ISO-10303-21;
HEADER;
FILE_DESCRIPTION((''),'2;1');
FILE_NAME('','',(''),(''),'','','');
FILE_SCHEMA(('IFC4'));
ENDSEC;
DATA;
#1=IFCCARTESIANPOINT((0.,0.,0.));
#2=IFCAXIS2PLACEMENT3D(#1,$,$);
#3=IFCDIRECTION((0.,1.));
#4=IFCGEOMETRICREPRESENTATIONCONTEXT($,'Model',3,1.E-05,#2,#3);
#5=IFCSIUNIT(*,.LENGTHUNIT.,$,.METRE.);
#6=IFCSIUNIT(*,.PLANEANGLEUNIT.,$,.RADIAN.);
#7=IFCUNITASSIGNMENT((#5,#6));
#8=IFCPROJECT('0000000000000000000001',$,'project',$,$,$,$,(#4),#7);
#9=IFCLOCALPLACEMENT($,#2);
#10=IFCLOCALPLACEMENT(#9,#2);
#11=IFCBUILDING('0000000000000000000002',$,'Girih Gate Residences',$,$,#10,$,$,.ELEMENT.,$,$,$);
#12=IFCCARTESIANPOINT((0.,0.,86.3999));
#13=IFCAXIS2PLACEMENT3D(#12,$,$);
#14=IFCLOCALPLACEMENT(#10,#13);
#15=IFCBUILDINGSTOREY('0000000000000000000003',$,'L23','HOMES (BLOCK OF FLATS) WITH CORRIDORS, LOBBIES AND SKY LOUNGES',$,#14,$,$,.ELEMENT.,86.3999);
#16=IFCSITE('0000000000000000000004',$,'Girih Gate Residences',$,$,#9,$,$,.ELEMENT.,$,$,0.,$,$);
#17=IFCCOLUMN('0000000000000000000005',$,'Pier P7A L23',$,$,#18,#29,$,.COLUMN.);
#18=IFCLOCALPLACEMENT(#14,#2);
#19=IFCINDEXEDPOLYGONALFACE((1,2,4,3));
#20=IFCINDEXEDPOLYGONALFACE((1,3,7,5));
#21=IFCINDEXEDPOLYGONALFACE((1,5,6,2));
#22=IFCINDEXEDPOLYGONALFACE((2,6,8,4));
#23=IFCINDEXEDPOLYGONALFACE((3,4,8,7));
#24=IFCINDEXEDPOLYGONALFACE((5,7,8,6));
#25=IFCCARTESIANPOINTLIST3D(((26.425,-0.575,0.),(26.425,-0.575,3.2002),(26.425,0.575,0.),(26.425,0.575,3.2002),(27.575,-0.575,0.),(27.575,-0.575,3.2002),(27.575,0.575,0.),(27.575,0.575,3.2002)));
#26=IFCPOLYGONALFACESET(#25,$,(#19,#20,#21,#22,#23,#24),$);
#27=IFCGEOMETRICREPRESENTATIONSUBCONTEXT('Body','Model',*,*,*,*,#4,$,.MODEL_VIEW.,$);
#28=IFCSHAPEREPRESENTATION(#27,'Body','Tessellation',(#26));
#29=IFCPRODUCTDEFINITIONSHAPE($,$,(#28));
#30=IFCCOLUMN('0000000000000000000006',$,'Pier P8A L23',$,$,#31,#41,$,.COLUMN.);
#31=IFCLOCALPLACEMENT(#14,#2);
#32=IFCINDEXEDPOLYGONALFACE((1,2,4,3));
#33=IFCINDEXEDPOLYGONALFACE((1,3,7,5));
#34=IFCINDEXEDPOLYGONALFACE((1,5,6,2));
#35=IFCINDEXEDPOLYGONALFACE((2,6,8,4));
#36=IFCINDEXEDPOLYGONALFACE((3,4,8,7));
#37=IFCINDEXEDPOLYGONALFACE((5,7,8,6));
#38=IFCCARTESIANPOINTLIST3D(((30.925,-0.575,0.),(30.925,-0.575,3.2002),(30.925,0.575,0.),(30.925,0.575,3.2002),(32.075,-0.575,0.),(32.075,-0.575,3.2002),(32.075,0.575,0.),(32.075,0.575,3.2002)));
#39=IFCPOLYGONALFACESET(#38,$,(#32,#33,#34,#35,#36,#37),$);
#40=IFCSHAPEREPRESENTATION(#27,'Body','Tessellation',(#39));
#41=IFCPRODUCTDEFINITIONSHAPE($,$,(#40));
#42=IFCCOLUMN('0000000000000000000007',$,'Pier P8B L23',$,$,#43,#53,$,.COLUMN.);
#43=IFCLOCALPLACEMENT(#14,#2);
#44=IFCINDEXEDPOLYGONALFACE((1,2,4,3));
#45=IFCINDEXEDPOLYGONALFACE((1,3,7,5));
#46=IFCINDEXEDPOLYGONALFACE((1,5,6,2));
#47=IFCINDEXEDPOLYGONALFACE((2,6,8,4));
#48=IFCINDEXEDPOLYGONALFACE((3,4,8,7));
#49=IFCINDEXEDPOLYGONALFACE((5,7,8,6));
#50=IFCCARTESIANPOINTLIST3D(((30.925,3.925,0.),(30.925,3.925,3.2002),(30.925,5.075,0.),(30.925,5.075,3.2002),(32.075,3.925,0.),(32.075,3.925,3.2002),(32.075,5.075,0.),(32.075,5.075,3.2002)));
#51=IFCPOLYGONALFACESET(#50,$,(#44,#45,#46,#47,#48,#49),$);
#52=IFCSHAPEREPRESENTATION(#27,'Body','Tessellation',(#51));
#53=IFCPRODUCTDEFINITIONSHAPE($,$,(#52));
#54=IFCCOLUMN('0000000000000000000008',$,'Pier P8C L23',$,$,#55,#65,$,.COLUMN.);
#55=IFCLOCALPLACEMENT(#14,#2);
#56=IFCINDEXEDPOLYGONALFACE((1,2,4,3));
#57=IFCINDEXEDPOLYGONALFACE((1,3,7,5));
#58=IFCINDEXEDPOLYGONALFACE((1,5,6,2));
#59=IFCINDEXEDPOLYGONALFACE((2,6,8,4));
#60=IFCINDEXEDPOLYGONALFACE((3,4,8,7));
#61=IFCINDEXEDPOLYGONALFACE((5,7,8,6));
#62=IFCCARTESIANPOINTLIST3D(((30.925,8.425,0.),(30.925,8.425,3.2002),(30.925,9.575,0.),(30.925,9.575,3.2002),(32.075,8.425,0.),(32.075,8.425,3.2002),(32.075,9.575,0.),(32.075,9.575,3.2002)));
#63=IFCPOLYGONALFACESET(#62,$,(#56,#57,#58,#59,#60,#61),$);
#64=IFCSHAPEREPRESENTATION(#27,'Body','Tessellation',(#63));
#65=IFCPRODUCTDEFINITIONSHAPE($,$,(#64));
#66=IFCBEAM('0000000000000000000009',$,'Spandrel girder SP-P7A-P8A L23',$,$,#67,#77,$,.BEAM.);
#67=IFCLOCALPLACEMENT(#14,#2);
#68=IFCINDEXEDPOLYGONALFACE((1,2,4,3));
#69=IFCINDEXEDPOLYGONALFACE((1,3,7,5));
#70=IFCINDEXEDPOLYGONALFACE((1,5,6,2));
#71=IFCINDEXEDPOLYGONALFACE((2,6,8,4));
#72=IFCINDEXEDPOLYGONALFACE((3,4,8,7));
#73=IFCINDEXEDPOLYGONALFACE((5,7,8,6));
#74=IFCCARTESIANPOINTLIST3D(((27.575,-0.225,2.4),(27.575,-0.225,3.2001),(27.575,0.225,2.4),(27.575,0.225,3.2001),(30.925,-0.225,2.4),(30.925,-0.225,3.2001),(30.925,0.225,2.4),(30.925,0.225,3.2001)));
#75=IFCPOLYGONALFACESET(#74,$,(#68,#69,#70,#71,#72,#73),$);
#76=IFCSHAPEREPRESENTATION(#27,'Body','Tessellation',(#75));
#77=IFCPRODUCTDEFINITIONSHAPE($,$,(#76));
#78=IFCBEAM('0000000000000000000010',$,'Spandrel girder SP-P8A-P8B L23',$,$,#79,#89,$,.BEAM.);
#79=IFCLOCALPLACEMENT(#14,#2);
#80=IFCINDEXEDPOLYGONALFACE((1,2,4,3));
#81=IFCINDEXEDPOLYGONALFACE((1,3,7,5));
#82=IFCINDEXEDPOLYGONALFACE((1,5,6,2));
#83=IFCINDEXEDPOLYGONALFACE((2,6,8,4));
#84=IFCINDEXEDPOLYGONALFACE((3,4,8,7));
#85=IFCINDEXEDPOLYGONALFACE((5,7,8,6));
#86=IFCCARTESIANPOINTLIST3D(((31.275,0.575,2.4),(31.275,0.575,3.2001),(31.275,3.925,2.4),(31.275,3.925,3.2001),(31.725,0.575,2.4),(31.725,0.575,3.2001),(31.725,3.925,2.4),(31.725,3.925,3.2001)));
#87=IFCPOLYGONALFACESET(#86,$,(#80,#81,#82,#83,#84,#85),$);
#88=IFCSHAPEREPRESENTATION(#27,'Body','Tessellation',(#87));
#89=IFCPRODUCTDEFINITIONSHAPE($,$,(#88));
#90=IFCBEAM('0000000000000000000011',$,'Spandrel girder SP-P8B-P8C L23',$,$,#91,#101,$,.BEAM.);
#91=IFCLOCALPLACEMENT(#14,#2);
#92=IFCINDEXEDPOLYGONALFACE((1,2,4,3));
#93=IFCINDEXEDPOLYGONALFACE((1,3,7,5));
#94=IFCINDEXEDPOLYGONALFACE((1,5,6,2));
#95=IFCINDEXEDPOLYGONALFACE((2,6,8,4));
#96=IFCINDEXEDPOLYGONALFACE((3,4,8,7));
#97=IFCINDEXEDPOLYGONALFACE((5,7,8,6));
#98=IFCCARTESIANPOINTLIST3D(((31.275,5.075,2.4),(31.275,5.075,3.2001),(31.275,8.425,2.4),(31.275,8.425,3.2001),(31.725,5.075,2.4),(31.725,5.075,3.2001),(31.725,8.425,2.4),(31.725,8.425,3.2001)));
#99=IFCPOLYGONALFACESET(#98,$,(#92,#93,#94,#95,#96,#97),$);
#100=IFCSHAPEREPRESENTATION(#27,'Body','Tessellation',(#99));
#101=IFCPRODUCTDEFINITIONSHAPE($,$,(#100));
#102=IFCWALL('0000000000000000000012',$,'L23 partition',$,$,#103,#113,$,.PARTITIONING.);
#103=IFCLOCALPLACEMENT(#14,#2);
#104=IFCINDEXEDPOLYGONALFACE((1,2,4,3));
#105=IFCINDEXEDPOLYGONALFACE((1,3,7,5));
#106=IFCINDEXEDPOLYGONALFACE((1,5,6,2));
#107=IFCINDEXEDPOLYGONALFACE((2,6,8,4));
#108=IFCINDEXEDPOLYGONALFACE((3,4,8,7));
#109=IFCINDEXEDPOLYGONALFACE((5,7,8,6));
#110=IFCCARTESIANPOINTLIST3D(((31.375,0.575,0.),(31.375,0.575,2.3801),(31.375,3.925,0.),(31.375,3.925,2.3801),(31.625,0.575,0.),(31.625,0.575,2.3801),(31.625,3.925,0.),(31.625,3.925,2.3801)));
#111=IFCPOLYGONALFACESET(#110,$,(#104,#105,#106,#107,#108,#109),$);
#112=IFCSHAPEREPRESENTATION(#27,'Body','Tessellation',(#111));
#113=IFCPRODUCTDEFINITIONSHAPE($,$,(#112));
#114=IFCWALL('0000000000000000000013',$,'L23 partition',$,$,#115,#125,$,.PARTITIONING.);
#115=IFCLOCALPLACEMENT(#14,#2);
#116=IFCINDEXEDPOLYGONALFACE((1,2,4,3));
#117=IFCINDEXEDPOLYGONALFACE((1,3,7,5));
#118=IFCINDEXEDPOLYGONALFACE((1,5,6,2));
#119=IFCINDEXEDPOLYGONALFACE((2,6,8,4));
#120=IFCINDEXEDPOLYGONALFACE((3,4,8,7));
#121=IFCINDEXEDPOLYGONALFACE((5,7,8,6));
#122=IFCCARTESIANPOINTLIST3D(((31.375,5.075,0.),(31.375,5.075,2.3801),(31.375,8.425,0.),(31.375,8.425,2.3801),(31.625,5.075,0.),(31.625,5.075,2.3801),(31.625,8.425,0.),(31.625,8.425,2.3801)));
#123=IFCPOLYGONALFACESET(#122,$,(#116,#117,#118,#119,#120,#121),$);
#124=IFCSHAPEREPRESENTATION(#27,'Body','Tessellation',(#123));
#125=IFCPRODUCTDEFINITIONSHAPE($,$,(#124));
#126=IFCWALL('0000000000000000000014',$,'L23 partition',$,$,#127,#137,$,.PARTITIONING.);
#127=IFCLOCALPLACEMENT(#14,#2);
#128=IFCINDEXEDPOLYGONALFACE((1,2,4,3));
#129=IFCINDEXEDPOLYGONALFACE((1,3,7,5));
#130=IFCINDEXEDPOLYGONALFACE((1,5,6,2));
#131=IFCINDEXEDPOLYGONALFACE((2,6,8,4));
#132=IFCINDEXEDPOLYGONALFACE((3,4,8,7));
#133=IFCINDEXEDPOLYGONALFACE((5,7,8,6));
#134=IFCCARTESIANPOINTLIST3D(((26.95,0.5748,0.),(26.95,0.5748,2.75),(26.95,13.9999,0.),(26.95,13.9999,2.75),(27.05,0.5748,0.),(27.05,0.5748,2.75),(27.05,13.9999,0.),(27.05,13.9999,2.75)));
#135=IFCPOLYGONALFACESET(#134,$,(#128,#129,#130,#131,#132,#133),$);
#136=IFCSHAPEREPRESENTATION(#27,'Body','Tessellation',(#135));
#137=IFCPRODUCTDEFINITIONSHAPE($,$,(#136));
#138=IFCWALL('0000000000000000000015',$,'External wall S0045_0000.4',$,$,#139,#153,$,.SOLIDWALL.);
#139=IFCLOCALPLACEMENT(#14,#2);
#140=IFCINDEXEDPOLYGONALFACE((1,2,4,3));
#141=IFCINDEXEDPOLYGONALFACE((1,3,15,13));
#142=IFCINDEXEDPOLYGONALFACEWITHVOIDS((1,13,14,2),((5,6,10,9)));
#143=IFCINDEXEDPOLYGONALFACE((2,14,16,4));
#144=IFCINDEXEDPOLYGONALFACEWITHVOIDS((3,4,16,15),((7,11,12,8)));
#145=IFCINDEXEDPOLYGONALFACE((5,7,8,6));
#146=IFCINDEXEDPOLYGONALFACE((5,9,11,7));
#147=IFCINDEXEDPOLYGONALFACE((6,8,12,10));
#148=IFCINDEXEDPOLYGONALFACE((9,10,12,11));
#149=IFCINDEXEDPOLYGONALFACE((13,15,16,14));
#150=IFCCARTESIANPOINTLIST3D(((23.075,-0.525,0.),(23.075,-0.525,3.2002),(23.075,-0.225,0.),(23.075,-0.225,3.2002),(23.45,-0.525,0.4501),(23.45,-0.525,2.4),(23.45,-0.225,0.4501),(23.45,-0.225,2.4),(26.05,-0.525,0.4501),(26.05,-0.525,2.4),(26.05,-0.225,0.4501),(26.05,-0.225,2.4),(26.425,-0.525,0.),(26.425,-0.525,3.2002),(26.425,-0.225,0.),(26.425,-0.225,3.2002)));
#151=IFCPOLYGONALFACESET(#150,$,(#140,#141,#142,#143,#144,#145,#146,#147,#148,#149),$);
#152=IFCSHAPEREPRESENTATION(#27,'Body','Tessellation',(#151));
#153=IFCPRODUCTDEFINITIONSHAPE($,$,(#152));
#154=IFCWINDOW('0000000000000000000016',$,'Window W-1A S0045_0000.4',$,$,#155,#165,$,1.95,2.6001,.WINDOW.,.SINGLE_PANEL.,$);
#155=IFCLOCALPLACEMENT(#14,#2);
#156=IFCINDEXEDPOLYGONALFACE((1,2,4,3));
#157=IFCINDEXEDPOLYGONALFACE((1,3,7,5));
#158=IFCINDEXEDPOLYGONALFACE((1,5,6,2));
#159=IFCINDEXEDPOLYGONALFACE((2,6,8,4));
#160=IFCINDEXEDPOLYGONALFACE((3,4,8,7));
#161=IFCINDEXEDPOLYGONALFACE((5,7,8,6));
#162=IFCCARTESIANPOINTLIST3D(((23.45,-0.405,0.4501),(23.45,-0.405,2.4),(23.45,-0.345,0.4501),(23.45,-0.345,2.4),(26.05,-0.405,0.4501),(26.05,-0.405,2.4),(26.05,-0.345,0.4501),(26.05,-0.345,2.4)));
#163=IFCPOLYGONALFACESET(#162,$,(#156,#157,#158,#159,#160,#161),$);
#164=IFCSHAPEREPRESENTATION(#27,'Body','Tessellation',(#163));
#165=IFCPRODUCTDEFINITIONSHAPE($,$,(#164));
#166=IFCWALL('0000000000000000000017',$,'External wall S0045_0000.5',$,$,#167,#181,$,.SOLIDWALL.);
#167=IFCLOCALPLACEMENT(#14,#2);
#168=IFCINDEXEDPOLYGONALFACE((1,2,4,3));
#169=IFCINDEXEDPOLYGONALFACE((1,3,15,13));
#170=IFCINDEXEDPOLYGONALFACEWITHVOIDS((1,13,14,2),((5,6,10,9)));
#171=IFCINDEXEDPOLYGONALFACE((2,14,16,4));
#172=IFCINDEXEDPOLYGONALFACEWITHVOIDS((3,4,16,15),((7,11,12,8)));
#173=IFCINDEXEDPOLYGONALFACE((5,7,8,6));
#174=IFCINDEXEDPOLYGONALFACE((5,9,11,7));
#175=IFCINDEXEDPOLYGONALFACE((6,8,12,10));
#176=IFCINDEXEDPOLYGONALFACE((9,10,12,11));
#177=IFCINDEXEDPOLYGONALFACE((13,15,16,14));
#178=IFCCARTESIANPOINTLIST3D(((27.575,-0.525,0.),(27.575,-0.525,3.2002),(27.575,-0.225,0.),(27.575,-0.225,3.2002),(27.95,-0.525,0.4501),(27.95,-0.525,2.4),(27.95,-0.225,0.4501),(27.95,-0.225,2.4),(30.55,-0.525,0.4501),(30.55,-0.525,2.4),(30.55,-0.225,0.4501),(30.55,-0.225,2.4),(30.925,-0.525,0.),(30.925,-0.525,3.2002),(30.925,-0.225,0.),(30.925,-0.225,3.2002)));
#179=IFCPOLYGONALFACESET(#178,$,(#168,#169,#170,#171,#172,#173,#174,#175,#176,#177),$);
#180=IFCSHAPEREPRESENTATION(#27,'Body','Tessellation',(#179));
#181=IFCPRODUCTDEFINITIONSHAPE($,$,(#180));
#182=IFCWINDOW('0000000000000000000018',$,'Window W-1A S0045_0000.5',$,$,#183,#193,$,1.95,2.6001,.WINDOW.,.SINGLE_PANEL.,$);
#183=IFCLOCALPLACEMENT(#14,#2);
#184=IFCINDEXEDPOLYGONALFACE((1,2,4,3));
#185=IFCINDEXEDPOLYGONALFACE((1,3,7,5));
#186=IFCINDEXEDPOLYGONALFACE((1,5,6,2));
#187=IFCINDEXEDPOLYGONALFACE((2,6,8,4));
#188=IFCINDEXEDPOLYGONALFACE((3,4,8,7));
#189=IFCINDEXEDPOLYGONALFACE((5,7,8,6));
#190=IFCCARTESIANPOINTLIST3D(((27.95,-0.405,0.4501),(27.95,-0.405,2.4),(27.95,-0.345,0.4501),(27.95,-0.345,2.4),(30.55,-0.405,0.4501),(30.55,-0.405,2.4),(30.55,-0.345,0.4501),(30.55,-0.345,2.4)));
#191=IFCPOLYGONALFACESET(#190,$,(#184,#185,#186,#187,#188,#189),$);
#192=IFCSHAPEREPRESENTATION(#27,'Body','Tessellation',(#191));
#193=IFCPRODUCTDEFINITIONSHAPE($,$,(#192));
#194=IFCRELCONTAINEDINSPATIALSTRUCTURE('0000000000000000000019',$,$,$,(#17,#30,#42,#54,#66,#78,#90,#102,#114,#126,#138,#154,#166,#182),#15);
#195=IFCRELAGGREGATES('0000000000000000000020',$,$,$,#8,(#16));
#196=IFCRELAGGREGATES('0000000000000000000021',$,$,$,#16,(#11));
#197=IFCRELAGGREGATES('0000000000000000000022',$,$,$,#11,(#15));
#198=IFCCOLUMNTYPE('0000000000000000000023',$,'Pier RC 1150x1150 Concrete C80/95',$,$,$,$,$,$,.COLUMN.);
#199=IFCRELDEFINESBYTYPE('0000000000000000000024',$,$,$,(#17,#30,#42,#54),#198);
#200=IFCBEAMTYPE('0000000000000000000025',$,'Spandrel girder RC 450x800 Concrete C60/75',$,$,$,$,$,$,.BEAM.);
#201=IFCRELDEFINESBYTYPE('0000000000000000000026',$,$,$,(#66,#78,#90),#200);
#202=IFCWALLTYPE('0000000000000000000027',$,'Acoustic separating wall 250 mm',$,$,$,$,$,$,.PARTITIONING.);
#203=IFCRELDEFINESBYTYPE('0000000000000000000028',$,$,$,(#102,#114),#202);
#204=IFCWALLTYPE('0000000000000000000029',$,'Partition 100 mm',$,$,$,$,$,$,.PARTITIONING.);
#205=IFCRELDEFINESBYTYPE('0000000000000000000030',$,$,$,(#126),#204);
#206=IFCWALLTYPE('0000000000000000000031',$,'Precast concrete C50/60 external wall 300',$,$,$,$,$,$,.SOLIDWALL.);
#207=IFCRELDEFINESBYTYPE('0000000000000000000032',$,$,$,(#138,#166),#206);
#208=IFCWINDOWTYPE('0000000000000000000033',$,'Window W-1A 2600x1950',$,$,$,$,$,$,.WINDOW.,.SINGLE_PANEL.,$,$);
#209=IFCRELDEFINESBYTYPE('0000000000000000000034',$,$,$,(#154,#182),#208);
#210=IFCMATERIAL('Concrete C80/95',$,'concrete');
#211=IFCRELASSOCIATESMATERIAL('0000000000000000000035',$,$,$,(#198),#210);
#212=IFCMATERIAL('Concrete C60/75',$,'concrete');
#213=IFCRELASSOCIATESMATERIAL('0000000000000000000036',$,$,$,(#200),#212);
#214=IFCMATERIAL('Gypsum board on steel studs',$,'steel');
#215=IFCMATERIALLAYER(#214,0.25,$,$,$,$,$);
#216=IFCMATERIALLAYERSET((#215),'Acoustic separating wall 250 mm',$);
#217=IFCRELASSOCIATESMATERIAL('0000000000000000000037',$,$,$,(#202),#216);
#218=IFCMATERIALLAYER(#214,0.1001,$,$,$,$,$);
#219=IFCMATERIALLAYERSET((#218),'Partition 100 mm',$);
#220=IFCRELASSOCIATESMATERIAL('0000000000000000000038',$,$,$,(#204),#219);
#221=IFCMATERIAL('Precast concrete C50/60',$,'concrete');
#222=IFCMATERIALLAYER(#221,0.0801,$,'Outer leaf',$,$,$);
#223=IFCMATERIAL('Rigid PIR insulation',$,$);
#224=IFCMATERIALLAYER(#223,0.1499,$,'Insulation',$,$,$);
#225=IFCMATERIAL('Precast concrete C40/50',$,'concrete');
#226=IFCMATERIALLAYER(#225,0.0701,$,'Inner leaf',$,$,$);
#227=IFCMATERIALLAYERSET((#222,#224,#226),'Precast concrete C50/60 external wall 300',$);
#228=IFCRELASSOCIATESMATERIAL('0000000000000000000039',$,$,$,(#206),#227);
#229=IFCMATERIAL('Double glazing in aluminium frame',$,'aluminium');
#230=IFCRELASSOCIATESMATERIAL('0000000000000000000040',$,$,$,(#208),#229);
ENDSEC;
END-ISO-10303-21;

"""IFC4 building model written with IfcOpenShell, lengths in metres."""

from ifc_helpers import new_model, si_unit, direction, frame, frame_2d, origin, origin_2d, place, context, subcontext, project, spatial, rectangle, extrude, material, layer, layer_set, material_profile, profile_set, type_object, element, fill, save


model = new_model("IFC4")

# Units and contexts
model_context = context("Model", 3, precision=1e-05, world=origin(), true_north=direction((0.0, 1.0)))
body_context = subcontext(model_context, "Body", "Model", "MODEL_VIEW")
ifc_project = project(units=[si_unit("LENGTHUNIT", "METRE"), si_unit("PLANEANGLEUNIT", "RADIAN")], contexts=[model_context])

# Site, building, storey
site_placement = place(None, origin())
site = spatial("IfcSite", under=ifc_project, at=site_placement, Name="Girih Gate Residences", CompositionType="ELEMENT", RefElevation=0.0)
building_placement = place(site_placement, origin())
building = spatial("IfcBuilding", under=site, at=building_placement, Name="Girih Gate Residences", CompositionType="ELEMENT")
storey_placement = place(building_placement, frame((0.0, 0.0, 86.3999)))
storey = spatial("IfcBuildingStorey", under=building, at=storey_placement, Name="L23", Description="HOMES (BLOCK OF FLATS) WITH CORRIDORS, LOBBIES AND SKY LOUNGES", CompositionType="ELEMENT", Elevation=86.3999)

# Columns
ifc_material_1 = material(Name="Concrete C80/95", Category="concrete")
ifc_material_profile_1 = material_profile(ifc_material_1, rectangle(XDim=1.1499, YDim=1.1499, at=origin_2d()))
ifc_profile_set_1 = profile_set([ifc_material_profile_1], Name="Concrete C80/95")
column_type = type_object("IfcColumnType", Name="Pier RC 1150x1150 Concrete C80/95", PredefinedType="COLUMN", material=ifc_profile_set_1)
for number, where, z_axis, x_axis, name in (
    (1, (27.0, 0.0, 0.0), (0.0, 0.0, 1.0), (1.0, 0.0, 0.0), "Pier P7A L23"),
    (2, (31.5, 0.0, 0.0), (0.0, 0.0, 1.0), (1.0, 0.0, 0.0), "Pier P8A L23"),
    (3, (31.5, 4.5, 0.0), (0.0, 0.0, 1.0), (1.0, 0.0, 0.0), "Pier P8B L23"),
    (4, (31.5, 9.0, 0.0), (0.0, 0.0, 1.0), (1.0, 0.0, 0.0), "Pier P8C L23"),
):
    element("IfcColumn", number, at=place(storey_placement, frame(where, z_axis=z_axis, x_axis=x_axis)), inside=storey, type_object=column_type, Name=name, PredefinedType="COLUMN", context=body_context, shape_type="SweptSolid", body=[
        extrude(rectangle(XDim=1.1499, YDim=1.1499, at=origin_2d()), origin(), (0.0, 0.0, 1.0), 3.2002),
    ])

# Beams
ifc_material_2 = material(Name="Concrete C60/75", Category="concrete")
ifc_material_profile_2 = material_profile(ifc_material_2, rectangle(XDim=0.45, YDim=0.8, at=origin_2d()))
ifc_profile_set_2 = profile_set([ifc_material_profile_2], Name="Concrete C60/75")
beam_type = type_object("IfcBeamType", Name="Spandrel girder RC 450x800 Concrete C60/75", PredefinedType="BEAM", material=ifc_profile_set_2)
for number, where, z_axis, x_axis, name in (
    (5, (27.575, 0.0, 2.8), (1.0, 0.0, 0.0), (0.0, 1.0, 0.0), "Spandrel girder SP-P7A-P8A L23"),
    (6, (31.5, 0.575, 2.8), (0.0, 1.0, 0.0), (-1.0, 0.0, 0.0), "Spandrel girder SP-P8A-P8B L23"),
    (7, (31.5, 5.075, 2.8), (0.0, 1.0, 0.0), (-1.0, 0.0, 0.0), "Spandrel girder SP-P8B-P8C L23"),
):
    element("IfcBeam", number, at=place(storey_placement, frame(where, z_axis=z_axis, x_axis=x_axis)), inside=storey, type_object=beam_type, Name=name, PredefinedType="BEAM", context=body_context, shape_type="SweptSolid", body=[
        extrude(rectangle(XDim=0.45, YDim=0.8, at=origin_2d()), origin(), (0.0, 0.0, 1.0), 3.3501),
    ])

# Walls
ifc_material_3 = material(Name="Gypsum board on steel studs", Category="steel")
ifc_layer_1 = layer(ifc_material_3, 0.25)
ifc_layer_set_1 = layer_set([ifc_layer_1], Name="Acoustic separating wall 250 mm")
wall_type_1 = type_object("IfcWallType", Name="Acoustic separating wall 250 mm", PredefinedType="PARTITIONING", material=ifc_layer_set_1)
for number, where, z_axis, x_axis, name in (
    (8, (31.5, 0.575, 0.0), (0.0, 0.0, 1.0), (0.0, 1.0, 0.0), "L23 partition"),
    (9, (31.5, 5.075, 0.0), (0.0, 0.0, 1.0), (0.0, 1.0, 0.0), "L23 partition"),
):
    element("IfcWall", number, at=place(storey_placement, frame(where, z_axis=z_axis, x_axis=x_axis)), inside=storey, type_object=wall_type_1, Name=name, PredefinedType="PARTITIONING", context=body_context, shape_type="SweptSolid", body=[
        extrude(rectangle(XDim=3.3501, YDim=0.25, at=frame_2d((1.675, 0.0))), origin(), (0.0, 0.0, 1.0), 2.3801),
    ])
ifc_layer_2 = layer(ifc_material_3, 0.1001)
ifc_layer_set_2 = layer_set([ifc_layer_2], Name="Partition 100 mm")
wall_type_2 = type_object("IfcWallType", Name="Partition 100 mm", PredefinedType="PARTITIONING", material=ifc_layer_set_2)
wall_1_placement = place(storey_placement, frame((27.0, 0.575, 0.0), z_axis=(0.0, 0.0, 1.0), x_axis=(0.0, 1.0, 0.0)))
element("IfcWall", 10, at=wall_1_placement, inside=storey, type_object=wall_type_2, Name="L23 partition", PredefinedType="PARTITIONING", context=body_context, shape_type="SweptSolid", body=[
    extrude(rectangle(XDim=13.425, YDim=0.1001, at=frame_2d((6.7124, 0.0))), origin(), (0.0, 0.0, 1.0), 2.75),
])

# Walls, openings, windows
ifc_material_4 = material(Name="Precast concrete C50/60", Category="concrete")
ifc_layer_3 = layer(ifc_material_4, 0.0801, Name="Outer leaf")
ifc_material_5 = material(Name="Rigid PIR insulation")
ifc_layer_4 = layer(ifc_material_5, 0.1499, Name="Insulation")
ifc_material_6 = material(Name="Precast concrete C40/50", Category="concrete")
ifc_layer_5 = layer(ifc_material_6, 0.0701, Name="Inner leaf")
ifc_layer_set_3 = layer_set([ifc_layer_3, ifc_layer_4, ifc_layer_5], Name="Precast concrete C50/60 external wall 300")
wall_type_3 = type_object("IfcWallType", Name="Precast concrete C50/60 external wall 300", PredefinedType="SOLIDWALL", material=ifc_layer_set_3)
wall_2_placement = place(storey_placement, frame((26.425, -0.375, 0.0), z_axis=(0.0, 0.0, 1.0), x_axis=(-1.0, 0.0, 0.0)))
wall_2 = element("IfcWall", 11, at=wall_2_placement, inside=storey, type_object=wall_type_3, Name="External wall S0045_0000.4", PredefinedType="SOLIDWALL", context=body_context, shape_type="SweptSolid", body=[
    extrude(rectangle(XDim=3.3501, YDim=0.3, at=frame_2d((1.675, 0.0))), origin(), (0.0, 0.0, 1.0), 3.2002),
])
opening_1_placement = place(wall_2_placement, frame((0.375, 0.0, 0.45)))
opening_1 = element("IfcOpeningElement", 12, at=opening_1_placement, cuts=wall_2, PredefinedType="OPENING", context=body_context, shape_type="SweptSolid", body=[
    extrude(rectangle(XDim=2.6001, YDim=1.95, at=frame_2d((1.3, 0.9751))), frame((0.0, 0.1599, 0.0), z_axis=(0.0, -1.0, 0.0), x_axis=(1.0, 0.0, 0.0)), (0.0, 0.0, 1.0), 0.3201),
])
ifc_material_7 = material(Name="Double glazing in aluminium frame", Category="aluminium")
window_type = type_object("IfcWindowType", Name="Window W-1A 2600x1950", PartitioningType="SINGLE_PANEL", PredefinedType="WINDOW", material=ifc_material_7)
window_1_placement = place(opening_1_placement, origin())
window_1 = element("IfcWindow", 13, at=window_1_placement, inside=storey, type_object=window_type, Name="Window W-1A S0045_0000.4", OverallHeight=1.95, OverallWidth=2.6001, PartitioningType="SINGLE_PANEL", PredefinedType="WINDOW", context=body_context, shape_type="SweptSolid", body=[
    extrude(rectangle(XDim=2.6001, YDim=1.95, at=frame_2d((1.3, 0.9751))), frame((0.0, 0.03, 0.0), z_axis=(0.0, -1.0, 0.0), x_axis=(1.0, 0.0, 0.0)), (0.0, 0.0, 1.0), 0.0601),
])
fill(opening_1, window_1)
wall_3_placement = place(storey_placement, frame((30.925, -0.375, 0.0), z_axis=(0.0, 0.0, 1.0), x_axis=(-1.0, 0.0, 0.0)))
wall_3 = element("IfcWall", 14, at=wall_3_placement, inside=storey, type_object=wall_type_3, Name="External wall S0045_0000.5", PredefinedType="SOLIDWALL", context=body_context, shape_type="SweptSolid", body=[
    extrude(rectangle(XDim=3.3501, YDim=0.3, at=frame_2d((1.675, 0.0))), origin(), (0.0, 0.0, 1.0), 3.2002),
])
opening_2_placement = place(wall_3_placement, frame((0.375, 0.0, 0.45)))
opening_2 = element("IfcOpeningElement", 15, at=opening_2_placement, cuts=wall_3, PredefinedType="OPENING", context=body_context, shape_type="SweptSolid", body=[
    extrude(rectangle(XDim=2.6001, YDim=1.95, at=frame_2d((1.3, 0.9751))), frame((0.0, 0.1599, 0.0), z_axis=(0.0, -1.0, 0.0), x_axis=(1.0, 0.0, 0.0)), (0.0, 0.0, 1.0), 0.3201),
])
window_2_placement = place(opening_2_placement, origin())
window_2 = element("IfcWindow", 16, at=window_2_placement, inside=storey, type_object=window_type, Name="Window W-1A S0045_0000.5", OverallHeight=1.95, OverallWidth=2.6001, PartitioningType="SINGLE_PANEL", PredefinedType="WINDOW", context=body_context, shape_type="SweptSolid", body=[
    extrude(rectangle(XDim=2.6001, YDim=1.95, at=frame_2d((1.3, 0.9751))), frame((0.0, 0.03, 0.0), z_axis=(0.0, -1.0, 0.0), x_axis=(1.0, 0.0, 0.0)), (0.0, 0.0, 1.0), 0.0601),
])
fill(opening_2, window_2)

save(model, "model.ifc")
